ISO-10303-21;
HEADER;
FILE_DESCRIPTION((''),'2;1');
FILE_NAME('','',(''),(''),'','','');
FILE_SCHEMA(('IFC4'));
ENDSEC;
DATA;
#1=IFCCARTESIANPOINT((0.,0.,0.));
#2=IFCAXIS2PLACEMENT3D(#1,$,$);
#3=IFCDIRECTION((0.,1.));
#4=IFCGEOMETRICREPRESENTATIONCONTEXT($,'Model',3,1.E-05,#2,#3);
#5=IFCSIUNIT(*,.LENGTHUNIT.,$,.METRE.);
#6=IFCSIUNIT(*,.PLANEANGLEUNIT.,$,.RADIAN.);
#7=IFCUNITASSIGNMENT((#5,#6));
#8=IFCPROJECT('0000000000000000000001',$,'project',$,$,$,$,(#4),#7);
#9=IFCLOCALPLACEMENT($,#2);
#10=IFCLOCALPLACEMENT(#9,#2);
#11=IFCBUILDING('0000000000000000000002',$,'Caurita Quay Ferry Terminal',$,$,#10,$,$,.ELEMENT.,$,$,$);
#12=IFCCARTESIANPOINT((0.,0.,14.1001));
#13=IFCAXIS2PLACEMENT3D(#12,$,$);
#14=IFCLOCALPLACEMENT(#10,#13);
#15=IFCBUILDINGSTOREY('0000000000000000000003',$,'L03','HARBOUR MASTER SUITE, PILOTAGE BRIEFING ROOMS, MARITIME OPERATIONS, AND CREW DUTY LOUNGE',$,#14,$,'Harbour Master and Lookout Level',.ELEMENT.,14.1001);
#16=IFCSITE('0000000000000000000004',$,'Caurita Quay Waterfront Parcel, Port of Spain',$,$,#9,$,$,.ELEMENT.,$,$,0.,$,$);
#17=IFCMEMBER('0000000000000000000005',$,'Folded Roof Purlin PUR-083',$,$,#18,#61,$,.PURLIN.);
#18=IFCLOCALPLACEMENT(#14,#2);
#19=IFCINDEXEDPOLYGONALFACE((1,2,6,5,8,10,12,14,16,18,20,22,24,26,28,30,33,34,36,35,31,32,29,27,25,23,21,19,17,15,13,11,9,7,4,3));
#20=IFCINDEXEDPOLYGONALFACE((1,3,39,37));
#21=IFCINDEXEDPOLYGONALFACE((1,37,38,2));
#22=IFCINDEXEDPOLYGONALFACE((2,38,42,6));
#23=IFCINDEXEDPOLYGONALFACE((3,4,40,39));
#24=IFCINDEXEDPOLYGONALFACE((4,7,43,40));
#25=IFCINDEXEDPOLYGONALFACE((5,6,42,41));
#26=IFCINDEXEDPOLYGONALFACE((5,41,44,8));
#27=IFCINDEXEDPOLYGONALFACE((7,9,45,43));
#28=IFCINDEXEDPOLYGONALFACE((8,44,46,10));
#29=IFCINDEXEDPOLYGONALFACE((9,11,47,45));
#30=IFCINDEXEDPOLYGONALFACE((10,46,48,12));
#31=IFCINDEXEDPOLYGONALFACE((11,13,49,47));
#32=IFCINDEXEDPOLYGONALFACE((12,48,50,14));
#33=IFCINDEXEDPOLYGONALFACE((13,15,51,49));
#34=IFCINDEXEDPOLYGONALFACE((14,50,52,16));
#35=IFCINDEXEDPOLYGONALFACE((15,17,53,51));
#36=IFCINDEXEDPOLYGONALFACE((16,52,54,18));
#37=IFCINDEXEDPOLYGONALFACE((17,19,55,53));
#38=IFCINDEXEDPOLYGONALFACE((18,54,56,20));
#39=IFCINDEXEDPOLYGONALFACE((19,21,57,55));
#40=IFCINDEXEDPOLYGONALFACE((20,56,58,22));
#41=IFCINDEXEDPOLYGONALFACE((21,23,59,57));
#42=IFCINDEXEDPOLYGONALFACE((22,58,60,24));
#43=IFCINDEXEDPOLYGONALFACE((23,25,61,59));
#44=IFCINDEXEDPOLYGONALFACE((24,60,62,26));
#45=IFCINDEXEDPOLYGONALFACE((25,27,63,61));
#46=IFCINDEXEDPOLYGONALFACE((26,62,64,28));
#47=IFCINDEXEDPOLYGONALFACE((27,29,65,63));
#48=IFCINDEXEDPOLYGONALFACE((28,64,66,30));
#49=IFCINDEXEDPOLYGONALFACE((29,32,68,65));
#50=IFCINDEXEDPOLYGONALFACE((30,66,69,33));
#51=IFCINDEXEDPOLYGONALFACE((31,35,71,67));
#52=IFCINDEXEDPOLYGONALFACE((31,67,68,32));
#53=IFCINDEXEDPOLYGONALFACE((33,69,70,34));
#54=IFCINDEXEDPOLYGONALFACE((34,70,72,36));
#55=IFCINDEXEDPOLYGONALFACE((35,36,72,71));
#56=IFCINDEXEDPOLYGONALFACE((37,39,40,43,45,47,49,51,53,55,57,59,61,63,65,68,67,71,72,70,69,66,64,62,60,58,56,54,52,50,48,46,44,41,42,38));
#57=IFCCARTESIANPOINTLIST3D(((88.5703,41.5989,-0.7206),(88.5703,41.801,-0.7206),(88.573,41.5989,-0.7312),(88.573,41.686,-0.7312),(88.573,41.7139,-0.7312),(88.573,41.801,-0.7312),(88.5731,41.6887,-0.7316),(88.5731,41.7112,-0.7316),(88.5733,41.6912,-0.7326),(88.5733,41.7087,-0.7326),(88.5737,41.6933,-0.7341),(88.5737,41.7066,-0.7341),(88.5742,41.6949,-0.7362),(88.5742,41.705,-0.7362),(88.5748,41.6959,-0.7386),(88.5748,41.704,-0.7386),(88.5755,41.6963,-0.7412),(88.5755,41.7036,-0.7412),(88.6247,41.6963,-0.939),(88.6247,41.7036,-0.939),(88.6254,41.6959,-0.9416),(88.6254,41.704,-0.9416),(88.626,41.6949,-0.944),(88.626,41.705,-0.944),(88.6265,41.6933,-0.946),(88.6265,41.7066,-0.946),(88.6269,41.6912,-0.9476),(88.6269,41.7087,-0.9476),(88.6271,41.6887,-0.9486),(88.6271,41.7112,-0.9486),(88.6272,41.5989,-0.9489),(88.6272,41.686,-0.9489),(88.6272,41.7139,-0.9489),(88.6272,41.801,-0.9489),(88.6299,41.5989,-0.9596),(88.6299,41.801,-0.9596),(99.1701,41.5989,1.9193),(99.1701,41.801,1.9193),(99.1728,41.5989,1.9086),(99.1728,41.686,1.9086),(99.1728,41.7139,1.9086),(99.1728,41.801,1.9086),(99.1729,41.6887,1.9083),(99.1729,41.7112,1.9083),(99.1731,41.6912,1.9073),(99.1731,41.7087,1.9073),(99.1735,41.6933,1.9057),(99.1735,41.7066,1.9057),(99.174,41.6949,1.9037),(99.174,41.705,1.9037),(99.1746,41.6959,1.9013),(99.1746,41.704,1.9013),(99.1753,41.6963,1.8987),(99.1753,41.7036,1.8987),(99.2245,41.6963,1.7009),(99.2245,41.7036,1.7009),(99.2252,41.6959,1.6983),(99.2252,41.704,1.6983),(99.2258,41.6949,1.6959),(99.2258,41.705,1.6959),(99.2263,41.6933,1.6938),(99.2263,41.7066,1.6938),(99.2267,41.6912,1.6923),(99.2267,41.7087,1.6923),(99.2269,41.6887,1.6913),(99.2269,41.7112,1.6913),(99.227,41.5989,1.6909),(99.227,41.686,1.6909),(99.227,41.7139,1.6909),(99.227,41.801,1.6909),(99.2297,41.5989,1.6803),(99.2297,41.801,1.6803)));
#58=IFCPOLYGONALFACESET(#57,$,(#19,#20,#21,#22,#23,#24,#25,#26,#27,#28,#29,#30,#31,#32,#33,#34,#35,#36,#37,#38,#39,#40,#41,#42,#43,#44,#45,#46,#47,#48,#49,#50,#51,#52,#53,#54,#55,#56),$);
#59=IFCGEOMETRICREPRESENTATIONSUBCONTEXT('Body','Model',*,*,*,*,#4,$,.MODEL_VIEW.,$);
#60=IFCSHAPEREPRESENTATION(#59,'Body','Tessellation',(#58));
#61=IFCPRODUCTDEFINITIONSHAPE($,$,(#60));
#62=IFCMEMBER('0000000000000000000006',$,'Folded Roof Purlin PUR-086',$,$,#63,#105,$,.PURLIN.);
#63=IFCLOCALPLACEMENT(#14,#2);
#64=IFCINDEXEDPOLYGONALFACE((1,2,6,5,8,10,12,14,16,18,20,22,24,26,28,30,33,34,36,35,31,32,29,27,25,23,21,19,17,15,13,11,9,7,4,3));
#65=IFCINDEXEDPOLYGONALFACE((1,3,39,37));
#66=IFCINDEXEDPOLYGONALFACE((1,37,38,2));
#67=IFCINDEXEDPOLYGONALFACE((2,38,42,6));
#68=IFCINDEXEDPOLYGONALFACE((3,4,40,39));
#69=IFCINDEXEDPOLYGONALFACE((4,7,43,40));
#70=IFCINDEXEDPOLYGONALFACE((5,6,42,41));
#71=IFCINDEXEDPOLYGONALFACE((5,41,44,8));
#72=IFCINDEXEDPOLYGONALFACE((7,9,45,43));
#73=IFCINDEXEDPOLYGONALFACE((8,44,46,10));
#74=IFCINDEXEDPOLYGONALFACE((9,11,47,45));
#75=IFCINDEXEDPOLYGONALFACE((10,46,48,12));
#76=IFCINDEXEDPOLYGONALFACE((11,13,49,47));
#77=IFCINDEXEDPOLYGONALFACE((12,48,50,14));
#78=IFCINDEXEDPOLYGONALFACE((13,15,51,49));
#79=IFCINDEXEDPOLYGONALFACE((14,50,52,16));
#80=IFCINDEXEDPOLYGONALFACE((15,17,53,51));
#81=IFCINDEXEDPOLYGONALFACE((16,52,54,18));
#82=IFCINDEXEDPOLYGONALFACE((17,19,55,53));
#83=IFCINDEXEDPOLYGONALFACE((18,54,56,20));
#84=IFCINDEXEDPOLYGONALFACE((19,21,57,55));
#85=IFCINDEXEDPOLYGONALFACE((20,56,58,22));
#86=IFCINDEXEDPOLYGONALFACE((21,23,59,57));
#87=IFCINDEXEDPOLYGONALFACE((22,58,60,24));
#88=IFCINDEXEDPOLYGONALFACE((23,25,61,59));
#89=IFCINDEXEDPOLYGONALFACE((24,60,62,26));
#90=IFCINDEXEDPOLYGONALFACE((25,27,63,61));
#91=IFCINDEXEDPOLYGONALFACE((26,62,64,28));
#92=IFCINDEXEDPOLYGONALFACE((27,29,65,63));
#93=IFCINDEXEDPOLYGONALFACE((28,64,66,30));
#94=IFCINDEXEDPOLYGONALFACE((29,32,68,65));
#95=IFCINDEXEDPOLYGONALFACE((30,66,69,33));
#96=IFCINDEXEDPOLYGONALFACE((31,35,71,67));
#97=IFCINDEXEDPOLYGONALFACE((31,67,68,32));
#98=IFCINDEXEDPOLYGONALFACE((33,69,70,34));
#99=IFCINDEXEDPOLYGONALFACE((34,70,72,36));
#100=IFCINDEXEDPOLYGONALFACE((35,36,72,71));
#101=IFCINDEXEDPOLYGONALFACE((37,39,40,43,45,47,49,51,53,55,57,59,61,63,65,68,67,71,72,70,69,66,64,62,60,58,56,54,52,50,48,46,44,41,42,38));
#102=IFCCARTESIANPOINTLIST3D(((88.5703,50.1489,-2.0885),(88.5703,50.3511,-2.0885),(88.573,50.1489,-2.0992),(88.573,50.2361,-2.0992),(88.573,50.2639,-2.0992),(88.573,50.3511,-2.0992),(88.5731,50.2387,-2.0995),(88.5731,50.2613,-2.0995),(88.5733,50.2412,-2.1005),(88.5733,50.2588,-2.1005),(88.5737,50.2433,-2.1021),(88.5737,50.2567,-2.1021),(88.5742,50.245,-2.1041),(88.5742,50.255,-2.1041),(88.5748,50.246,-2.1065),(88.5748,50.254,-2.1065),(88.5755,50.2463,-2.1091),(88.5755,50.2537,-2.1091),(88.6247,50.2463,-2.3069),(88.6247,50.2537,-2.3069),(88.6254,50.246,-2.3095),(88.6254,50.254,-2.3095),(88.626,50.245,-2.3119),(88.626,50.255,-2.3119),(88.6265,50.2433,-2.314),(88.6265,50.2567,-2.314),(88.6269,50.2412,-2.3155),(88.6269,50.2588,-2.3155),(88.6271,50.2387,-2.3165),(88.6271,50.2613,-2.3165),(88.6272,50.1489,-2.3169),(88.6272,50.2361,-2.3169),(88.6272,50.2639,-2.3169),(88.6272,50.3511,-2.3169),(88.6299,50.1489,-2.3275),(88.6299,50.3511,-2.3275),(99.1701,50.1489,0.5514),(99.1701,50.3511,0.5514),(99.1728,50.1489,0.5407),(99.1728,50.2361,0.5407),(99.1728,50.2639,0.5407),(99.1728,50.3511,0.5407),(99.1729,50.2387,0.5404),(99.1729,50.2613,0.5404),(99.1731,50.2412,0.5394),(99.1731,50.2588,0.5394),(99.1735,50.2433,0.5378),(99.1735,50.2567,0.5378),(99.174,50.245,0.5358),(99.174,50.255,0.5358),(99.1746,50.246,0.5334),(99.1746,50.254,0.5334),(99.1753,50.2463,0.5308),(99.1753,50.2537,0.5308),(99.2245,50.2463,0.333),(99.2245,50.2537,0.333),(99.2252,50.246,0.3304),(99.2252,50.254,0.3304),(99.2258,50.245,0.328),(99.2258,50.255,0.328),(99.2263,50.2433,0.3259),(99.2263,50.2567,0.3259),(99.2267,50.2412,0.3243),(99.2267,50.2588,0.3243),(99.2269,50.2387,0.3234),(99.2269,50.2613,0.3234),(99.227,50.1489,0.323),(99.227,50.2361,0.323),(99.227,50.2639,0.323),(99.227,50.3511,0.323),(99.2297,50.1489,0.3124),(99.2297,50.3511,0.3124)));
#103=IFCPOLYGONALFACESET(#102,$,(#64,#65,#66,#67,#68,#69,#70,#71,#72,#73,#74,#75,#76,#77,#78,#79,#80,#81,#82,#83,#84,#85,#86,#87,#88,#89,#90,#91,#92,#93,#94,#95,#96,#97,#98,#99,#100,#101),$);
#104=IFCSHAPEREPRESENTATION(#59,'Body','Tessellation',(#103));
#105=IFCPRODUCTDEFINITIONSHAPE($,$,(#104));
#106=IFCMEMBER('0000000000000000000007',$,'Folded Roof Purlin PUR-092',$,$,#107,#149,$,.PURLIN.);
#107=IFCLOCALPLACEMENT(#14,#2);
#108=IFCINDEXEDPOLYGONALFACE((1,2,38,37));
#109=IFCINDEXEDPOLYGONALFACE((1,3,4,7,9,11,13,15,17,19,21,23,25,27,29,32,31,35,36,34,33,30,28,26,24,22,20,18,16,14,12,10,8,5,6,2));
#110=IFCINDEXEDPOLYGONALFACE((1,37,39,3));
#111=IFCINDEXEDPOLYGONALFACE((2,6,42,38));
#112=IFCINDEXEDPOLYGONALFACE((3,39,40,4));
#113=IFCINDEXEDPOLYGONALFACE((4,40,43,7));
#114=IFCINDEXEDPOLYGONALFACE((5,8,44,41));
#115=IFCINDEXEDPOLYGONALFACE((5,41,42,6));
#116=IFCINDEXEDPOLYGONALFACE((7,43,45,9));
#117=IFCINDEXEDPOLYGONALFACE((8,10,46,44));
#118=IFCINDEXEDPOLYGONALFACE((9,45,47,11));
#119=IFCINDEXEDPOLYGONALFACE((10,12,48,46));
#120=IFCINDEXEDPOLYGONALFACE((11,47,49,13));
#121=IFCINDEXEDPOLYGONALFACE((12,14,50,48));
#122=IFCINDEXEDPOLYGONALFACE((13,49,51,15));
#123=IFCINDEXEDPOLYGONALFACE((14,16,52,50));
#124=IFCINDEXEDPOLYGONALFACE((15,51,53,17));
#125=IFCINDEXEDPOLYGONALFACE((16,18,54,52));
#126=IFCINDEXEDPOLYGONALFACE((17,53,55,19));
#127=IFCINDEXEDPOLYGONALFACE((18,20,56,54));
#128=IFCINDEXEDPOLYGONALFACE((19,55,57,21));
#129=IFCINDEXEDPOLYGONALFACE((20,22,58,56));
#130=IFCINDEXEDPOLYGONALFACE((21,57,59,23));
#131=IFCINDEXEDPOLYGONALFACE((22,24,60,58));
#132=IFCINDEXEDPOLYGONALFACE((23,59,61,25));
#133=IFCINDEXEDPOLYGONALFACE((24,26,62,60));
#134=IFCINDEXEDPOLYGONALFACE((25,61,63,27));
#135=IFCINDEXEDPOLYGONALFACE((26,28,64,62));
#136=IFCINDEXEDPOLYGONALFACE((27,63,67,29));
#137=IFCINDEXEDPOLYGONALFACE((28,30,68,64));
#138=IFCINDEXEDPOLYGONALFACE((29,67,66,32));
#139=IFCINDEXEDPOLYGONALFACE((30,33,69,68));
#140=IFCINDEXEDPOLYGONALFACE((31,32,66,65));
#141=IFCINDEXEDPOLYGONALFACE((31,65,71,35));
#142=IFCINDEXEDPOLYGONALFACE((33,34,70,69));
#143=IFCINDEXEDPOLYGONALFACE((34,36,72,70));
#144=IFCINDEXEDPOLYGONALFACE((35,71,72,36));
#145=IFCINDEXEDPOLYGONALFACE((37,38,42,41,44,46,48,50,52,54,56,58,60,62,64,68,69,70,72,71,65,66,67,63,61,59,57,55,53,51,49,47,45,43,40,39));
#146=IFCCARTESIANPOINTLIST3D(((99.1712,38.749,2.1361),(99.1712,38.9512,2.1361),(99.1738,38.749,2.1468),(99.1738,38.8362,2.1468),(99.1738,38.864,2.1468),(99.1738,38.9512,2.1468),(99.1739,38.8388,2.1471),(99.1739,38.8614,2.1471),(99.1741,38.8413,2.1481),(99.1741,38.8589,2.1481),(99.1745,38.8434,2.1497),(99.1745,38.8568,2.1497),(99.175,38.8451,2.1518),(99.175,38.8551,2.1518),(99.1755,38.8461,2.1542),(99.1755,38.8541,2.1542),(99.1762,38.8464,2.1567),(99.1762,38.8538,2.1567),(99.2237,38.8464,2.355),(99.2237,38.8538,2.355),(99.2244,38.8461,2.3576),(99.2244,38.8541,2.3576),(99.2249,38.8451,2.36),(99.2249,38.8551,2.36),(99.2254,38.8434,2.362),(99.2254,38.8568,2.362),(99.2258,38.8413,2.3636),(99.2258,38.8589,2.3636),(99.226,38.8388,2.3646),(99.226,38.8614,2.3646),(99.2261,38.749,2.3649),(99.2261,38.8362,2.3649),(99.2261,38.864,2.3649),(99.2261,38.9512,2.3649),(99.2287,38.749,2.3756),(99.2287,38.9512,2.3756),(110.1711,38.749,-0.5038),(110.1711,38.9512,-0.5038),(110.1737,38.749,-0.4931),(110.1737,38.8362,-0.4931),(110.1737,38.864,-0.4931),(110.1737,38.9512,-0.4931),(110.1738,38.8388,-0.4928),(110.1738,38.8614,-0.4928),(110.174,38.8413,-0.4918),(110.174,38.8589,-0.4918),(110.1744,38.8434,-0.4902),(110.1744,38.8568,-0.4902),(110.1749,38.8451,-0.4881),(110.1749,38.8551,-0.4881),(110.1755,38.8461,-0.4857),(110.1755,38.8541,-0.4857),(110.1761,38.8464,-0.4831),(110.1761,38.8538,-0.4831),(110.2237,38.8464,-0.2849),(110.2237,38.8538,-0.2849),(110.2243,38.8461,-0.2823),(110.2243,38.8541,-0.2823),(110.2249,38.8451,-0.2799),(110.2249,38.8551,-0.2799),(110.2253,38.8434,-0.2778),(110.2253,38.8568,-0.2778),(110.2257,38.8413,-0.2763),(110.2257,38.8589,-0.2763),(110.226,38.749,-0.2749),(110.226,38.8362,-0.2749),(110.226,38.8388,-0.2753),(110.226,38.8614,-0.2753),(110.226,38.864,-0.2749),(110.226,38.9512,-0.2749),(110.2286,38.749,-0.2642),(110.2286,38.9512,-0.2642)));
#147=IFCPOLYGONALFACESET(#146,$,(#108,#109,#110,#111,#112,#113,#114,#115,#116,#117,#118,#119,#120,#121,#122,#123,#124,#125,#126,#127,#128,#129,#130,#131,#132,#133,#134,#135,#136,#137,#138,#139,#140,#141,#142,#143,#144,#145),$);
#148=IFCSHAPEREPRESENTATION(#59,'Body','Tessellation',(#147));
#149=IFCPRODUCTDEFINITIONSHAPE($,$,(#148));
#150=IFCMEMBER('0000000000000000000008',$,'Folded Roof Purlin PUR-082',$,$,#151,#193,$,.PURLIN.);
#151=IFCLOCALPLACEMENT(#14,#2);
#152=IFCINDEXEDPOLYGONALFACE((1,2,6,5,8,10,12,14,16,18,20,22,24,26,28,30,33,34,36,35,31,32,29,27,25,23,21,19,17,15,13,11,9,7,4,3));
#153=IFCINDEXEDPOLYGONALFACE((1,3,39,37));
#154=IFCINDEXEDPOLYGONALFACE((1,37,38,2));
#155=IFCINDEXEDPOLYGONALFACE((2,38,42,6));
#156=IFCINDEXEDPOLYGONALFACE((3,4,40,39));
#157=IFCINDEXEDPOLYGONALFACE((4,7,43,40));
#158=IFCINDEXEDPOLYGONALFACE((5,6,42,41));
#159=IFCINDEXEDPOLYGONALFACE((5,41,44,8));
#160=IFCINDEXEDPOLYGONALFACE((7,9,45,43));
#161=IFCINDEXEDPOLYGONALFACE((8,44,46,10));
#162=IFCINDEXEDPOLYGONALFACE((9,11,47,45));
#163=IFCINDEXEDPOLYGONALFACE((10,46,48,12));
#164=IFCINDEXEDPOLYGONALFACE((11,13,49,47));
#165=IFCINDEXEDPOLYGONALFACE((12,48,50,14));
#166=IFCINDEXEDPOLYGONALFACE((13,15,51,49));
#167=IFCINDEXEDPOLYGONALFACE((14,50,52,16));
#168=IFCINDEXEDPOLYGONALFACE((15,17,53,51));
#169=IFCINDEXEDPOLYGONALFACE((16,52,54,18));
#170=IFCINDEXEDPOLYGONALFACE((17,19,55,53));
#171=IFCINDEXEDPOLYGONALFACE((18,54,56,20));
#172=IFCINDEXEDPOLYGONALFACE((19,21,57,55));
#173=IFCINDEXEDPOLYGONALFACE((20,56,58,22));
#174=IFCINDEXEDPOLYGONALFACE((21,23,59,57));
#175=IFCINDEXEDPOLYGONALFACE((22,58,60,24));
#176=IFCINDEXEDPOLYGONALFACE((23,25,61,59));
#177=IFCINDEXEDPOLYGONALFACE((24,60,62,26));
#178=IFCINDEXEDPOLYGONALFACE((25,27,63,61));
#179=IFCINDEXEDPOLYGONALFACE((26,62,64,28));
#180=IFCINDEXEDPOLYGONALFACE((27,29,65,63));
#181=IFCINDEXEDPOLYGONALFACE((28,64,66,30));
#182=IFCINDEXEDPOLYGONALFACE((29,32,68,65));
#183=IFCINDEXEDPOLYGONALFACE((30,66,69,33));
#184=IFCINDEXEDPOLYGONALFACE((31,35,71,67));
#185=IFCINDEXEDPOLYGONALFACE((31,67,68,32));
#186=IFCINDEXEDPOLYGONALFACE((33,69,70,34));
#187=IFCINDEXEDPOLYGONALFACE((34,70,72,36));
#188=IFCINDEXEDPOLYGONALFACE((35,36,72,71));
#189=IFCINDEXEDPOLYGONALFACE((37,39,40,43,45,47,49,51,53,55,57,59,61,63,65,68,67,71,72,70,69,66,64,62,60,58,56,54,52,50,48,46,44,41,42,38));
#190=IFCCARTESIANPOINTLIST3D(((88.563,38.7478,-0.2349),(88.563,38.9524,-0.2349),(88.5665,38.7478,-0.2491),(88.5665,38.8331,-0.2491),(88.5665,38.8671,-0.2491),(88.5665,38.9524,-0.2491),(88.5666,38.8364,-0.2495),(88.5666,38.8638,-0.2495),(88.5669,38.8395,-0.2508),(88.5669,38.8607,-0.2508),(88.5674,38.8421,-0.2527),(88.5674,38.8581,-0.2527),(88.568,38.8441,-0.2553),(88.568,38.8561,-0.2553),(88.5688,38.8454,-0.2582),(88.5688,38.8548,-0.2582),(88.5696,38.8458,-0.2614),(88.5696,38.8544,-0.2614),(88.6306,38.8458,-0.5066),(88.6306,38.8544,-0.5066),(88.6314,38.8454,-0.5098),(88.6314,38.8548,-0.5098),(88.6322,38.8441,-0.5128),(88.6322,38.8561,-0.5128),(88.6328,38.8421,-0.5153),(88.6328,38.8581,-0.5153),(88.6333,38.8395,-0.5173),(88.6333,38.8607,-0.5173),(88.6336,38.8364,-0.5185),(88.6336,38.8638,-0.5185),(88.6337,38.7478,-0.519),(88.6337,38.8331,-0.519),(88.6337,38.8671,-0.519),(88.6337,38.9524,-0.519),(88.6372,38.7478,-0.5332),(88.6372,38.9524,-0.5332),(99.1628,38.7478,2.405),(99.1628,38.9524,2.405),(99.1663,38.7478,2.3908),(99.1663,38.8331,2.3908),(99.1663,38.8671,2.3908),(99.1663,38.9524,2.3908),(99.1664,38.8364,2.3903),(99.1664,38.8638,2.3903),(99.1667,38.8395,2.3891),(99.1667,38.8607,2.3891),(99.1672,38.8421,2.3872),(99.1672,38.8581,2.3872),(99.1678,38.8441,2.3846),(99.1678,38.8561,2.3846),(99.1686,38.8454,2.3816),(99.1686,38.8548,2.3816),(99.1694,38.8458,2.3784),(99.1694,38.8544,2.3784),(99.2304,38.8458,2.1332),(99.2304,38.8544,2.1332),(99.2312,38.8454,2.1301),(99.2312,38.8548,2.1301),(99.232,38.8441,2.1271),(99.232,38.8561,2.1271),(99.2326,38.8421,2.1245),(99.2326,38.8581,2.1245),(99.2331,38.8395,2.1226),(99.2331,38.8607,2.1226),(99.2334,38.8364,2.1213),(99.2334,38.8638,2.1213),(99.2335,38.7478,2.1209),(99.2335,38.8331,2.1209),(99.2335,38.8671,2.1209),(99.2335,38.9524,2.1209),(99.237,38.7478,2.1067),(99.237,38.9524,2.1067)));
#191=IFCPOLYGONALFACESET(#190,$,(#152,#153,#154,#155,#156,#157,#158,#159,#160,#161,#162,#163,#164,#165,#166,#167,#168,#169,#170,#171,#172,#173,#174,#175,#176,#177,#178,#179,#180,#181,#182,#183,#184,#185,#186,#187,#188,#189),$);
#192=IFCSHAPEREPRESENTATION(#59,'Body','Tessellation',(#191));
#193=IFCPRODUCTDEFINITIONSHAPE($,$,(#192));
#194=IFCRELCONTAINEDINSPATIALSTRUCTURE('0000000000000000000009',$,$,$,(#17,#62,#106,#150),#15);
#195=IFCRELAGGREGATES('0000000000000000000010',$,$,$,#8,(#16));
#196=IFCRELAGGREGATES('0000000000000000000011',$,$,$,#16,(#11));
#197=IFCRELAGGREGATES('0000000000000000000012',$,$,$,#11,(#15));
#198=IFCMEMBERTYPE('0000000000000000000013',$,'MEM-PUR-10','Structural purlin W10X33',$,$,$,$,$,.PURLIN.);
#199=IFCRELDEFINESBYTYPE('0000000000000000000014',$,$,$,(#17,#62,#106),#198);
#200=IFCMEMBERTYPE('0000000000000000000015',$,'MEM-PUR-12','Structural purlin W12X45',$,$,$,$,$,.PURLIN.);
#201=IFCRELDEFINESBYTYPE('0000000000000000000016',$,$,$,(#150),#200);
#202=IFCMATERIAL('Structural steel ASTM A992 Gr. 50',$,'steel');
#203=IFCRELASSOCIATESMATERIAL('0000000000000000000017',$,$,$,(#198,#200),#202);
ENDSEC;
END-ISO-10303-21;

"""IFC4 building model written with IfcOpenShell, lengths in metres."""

from ifc_helpers import new_model, si_unit, direction, frame, origin, origin_2d, place, context, subcontext, project, spatial, i_section, extrude, material, material_profile, profile_set, type_object, element, save


model = new_model("IFC4")

# Units and contexts
model_context = context("Model", 3, precision=1e-05, world=origin(), true_north=direction((0.0, 1.0)))
body_context = subcontext(model_context, "Body", "Model", "MODEL_VIEW")
ifc_project = project(units=[si_unit("LENGTHUNIT", "METRE"), si_unit("PLANEANGLEUNIT", "RADIAN")], contexts=[model_context])

# Site, building, storey
site_placement = place(None, origin())
site = spatial("IfcSite", under=ifc_project, at=site_placement, Name="Caurita Quay Waterfront Parcel, Port of Spain", CompositionType="ELEMENT", RefElevation=0.0)
building_placement = place(site_placement, origin())
building = spatial("IfcBuilding", under=site, at=building_placement, Name="Caurita Quay Ferry Terminal", CompositionType="ELEMENT")
storey_placement = place(building_placement, frame((0.0, 0.0, 14.1001)))
storey = spatial("IfcBuildingStorey", under=building, at=storey_placement, Name="L03", Description="HARBOUR MASTER SUITE, PILOTAGE BRIEFING ROOMS, MARITIME OPERATIONS, AND CREW DUTY LOUNGE", LongName="Harbour Master and Lookout Level", CompositionType="ELEMENT", Elevation=14.1001)

# Shared definitions
ifc_material_1 = material(Name="Structural steel ASTM A992 Gr. 50", Category="steel")

# Members
ifc_material_profile_1 = material_profile(ifc_material_1, i_section(OverallWidth=0.2021, OverallDepth=0.2463, WebThickness=0.0073, FlangeThickness=0.011, FilletRadius=0.0103, at=origin_2d()), Name="W10X33")
ifc_profile_set_1 = profile_set([ifc_material_profile_1], Name="Structural steel ASTM A992 Gr. 50")
member_type_1 = type_object("IfcMemberType", Name="MEM-PUR-10", Description="Structural purlin W10X33", PredefinedType="PURLIN", material=ifc_profile_set_1)
for number, where, z_axis, x_axis, name in (
    (1, (88.6001, 41.7, -0.8401), (0.970359, 0.0, 0.241668), (0.0, 1.0, 0.0), "Folded Roof Purlin PUR-083"),
    (2, (88.6001, 50.25, -2.208), (0.970359, 0.0, 0.241668), (0.0, 1.0, 0.0), "Folded Roof Purlin PUR-086"),
):
    element("IfcMember", number, at=place(storey_placement, frame(where, z_axis=z_axis, x_axis=x_axis)), inside=storey, type_object=member_type_1, Name=name, PredefinedType="PURLIN", context=body_context, shape_type="SweptSolid", body=[
        extrude(i_section(OverallWidth=0.2021, OverallDepth=0.2463, WebThickness=0.0073, FlangeThickness=0.011, FilletRadius=0.0103, at=origin_2d()), origin(), (0.0, 0.0, 1.0), 10.9236),
    ])
member_1_placement = place(storey_placement, frame((99.2, 38.8501, 2.2559), z_axis=(0.972389, 0.0, -0.233364), x_axis=(0.0, 1.0, 0.0)))
element("IfcMember", 3, at=member_1_placement, inside=storey, type_object=member_type_1, Name="Folded Roof Purlin PUR-092", PredefinedType="PURLIN", context=body_context, shape_type="SweptSolid", body=[
    extrude(i_section(OverallWidth=0.2021, OverallDepth=0.2463, WebThickness=0.0073, FlangeThickness=0.011, FilletRadius=0.0103, at=origin_2d()), origin(), (0.0, 0.0, 1.0), 11.3123),
])
ifc_material_profile_2 = material_profile(ifc_material_1, i_section(OverallWidth=0.2046, OverallDepth=0.3074, WebThickness=0.0085, FlangeThickness=0.0146, FilletRadius=0.0127, at=origin_2d()), Name="W12X45")
ifc_profile_set_2 = profile_set([ifc_material_profile_2], Name="Structural steel ASTM A992 Gr. 50")
member_type_2 = type_object("IfcMemberType", Name="MEM-PUR-12", Description="Structural purlin W12X45", PredefinedType="PURLIN", material=ifc_profile_set_2)
for number, where, z_axis, x_axis, name in (
    (4, (88.6001, 38.8501, -0.384), (0.970359, 0.0, 0.241668), (0.0, 1.0, 0.0), "Folded Roof Purlin PUR-082"),
):
    element("IfcMember", number, at=place(storey_placement, frame(where, z_axis=z_axis, x_axis=x_axis)), inside=storey, type_object=member_type_2, Name=name, PredefinedType="PURLIN", context=body_context, shape_type="SweptSolid", body=[
        extrude(i_section(OverallWidth=0.2046, OverallDepth=0.3074, WebThickness=0.0085, FlangeThickness=0.0146, FilletRadius=0.0127, at=origin_2d()), origin(), (0.0, 0.0, 1.0), 10.9236),
    ])

save(model, "model.ifc")
